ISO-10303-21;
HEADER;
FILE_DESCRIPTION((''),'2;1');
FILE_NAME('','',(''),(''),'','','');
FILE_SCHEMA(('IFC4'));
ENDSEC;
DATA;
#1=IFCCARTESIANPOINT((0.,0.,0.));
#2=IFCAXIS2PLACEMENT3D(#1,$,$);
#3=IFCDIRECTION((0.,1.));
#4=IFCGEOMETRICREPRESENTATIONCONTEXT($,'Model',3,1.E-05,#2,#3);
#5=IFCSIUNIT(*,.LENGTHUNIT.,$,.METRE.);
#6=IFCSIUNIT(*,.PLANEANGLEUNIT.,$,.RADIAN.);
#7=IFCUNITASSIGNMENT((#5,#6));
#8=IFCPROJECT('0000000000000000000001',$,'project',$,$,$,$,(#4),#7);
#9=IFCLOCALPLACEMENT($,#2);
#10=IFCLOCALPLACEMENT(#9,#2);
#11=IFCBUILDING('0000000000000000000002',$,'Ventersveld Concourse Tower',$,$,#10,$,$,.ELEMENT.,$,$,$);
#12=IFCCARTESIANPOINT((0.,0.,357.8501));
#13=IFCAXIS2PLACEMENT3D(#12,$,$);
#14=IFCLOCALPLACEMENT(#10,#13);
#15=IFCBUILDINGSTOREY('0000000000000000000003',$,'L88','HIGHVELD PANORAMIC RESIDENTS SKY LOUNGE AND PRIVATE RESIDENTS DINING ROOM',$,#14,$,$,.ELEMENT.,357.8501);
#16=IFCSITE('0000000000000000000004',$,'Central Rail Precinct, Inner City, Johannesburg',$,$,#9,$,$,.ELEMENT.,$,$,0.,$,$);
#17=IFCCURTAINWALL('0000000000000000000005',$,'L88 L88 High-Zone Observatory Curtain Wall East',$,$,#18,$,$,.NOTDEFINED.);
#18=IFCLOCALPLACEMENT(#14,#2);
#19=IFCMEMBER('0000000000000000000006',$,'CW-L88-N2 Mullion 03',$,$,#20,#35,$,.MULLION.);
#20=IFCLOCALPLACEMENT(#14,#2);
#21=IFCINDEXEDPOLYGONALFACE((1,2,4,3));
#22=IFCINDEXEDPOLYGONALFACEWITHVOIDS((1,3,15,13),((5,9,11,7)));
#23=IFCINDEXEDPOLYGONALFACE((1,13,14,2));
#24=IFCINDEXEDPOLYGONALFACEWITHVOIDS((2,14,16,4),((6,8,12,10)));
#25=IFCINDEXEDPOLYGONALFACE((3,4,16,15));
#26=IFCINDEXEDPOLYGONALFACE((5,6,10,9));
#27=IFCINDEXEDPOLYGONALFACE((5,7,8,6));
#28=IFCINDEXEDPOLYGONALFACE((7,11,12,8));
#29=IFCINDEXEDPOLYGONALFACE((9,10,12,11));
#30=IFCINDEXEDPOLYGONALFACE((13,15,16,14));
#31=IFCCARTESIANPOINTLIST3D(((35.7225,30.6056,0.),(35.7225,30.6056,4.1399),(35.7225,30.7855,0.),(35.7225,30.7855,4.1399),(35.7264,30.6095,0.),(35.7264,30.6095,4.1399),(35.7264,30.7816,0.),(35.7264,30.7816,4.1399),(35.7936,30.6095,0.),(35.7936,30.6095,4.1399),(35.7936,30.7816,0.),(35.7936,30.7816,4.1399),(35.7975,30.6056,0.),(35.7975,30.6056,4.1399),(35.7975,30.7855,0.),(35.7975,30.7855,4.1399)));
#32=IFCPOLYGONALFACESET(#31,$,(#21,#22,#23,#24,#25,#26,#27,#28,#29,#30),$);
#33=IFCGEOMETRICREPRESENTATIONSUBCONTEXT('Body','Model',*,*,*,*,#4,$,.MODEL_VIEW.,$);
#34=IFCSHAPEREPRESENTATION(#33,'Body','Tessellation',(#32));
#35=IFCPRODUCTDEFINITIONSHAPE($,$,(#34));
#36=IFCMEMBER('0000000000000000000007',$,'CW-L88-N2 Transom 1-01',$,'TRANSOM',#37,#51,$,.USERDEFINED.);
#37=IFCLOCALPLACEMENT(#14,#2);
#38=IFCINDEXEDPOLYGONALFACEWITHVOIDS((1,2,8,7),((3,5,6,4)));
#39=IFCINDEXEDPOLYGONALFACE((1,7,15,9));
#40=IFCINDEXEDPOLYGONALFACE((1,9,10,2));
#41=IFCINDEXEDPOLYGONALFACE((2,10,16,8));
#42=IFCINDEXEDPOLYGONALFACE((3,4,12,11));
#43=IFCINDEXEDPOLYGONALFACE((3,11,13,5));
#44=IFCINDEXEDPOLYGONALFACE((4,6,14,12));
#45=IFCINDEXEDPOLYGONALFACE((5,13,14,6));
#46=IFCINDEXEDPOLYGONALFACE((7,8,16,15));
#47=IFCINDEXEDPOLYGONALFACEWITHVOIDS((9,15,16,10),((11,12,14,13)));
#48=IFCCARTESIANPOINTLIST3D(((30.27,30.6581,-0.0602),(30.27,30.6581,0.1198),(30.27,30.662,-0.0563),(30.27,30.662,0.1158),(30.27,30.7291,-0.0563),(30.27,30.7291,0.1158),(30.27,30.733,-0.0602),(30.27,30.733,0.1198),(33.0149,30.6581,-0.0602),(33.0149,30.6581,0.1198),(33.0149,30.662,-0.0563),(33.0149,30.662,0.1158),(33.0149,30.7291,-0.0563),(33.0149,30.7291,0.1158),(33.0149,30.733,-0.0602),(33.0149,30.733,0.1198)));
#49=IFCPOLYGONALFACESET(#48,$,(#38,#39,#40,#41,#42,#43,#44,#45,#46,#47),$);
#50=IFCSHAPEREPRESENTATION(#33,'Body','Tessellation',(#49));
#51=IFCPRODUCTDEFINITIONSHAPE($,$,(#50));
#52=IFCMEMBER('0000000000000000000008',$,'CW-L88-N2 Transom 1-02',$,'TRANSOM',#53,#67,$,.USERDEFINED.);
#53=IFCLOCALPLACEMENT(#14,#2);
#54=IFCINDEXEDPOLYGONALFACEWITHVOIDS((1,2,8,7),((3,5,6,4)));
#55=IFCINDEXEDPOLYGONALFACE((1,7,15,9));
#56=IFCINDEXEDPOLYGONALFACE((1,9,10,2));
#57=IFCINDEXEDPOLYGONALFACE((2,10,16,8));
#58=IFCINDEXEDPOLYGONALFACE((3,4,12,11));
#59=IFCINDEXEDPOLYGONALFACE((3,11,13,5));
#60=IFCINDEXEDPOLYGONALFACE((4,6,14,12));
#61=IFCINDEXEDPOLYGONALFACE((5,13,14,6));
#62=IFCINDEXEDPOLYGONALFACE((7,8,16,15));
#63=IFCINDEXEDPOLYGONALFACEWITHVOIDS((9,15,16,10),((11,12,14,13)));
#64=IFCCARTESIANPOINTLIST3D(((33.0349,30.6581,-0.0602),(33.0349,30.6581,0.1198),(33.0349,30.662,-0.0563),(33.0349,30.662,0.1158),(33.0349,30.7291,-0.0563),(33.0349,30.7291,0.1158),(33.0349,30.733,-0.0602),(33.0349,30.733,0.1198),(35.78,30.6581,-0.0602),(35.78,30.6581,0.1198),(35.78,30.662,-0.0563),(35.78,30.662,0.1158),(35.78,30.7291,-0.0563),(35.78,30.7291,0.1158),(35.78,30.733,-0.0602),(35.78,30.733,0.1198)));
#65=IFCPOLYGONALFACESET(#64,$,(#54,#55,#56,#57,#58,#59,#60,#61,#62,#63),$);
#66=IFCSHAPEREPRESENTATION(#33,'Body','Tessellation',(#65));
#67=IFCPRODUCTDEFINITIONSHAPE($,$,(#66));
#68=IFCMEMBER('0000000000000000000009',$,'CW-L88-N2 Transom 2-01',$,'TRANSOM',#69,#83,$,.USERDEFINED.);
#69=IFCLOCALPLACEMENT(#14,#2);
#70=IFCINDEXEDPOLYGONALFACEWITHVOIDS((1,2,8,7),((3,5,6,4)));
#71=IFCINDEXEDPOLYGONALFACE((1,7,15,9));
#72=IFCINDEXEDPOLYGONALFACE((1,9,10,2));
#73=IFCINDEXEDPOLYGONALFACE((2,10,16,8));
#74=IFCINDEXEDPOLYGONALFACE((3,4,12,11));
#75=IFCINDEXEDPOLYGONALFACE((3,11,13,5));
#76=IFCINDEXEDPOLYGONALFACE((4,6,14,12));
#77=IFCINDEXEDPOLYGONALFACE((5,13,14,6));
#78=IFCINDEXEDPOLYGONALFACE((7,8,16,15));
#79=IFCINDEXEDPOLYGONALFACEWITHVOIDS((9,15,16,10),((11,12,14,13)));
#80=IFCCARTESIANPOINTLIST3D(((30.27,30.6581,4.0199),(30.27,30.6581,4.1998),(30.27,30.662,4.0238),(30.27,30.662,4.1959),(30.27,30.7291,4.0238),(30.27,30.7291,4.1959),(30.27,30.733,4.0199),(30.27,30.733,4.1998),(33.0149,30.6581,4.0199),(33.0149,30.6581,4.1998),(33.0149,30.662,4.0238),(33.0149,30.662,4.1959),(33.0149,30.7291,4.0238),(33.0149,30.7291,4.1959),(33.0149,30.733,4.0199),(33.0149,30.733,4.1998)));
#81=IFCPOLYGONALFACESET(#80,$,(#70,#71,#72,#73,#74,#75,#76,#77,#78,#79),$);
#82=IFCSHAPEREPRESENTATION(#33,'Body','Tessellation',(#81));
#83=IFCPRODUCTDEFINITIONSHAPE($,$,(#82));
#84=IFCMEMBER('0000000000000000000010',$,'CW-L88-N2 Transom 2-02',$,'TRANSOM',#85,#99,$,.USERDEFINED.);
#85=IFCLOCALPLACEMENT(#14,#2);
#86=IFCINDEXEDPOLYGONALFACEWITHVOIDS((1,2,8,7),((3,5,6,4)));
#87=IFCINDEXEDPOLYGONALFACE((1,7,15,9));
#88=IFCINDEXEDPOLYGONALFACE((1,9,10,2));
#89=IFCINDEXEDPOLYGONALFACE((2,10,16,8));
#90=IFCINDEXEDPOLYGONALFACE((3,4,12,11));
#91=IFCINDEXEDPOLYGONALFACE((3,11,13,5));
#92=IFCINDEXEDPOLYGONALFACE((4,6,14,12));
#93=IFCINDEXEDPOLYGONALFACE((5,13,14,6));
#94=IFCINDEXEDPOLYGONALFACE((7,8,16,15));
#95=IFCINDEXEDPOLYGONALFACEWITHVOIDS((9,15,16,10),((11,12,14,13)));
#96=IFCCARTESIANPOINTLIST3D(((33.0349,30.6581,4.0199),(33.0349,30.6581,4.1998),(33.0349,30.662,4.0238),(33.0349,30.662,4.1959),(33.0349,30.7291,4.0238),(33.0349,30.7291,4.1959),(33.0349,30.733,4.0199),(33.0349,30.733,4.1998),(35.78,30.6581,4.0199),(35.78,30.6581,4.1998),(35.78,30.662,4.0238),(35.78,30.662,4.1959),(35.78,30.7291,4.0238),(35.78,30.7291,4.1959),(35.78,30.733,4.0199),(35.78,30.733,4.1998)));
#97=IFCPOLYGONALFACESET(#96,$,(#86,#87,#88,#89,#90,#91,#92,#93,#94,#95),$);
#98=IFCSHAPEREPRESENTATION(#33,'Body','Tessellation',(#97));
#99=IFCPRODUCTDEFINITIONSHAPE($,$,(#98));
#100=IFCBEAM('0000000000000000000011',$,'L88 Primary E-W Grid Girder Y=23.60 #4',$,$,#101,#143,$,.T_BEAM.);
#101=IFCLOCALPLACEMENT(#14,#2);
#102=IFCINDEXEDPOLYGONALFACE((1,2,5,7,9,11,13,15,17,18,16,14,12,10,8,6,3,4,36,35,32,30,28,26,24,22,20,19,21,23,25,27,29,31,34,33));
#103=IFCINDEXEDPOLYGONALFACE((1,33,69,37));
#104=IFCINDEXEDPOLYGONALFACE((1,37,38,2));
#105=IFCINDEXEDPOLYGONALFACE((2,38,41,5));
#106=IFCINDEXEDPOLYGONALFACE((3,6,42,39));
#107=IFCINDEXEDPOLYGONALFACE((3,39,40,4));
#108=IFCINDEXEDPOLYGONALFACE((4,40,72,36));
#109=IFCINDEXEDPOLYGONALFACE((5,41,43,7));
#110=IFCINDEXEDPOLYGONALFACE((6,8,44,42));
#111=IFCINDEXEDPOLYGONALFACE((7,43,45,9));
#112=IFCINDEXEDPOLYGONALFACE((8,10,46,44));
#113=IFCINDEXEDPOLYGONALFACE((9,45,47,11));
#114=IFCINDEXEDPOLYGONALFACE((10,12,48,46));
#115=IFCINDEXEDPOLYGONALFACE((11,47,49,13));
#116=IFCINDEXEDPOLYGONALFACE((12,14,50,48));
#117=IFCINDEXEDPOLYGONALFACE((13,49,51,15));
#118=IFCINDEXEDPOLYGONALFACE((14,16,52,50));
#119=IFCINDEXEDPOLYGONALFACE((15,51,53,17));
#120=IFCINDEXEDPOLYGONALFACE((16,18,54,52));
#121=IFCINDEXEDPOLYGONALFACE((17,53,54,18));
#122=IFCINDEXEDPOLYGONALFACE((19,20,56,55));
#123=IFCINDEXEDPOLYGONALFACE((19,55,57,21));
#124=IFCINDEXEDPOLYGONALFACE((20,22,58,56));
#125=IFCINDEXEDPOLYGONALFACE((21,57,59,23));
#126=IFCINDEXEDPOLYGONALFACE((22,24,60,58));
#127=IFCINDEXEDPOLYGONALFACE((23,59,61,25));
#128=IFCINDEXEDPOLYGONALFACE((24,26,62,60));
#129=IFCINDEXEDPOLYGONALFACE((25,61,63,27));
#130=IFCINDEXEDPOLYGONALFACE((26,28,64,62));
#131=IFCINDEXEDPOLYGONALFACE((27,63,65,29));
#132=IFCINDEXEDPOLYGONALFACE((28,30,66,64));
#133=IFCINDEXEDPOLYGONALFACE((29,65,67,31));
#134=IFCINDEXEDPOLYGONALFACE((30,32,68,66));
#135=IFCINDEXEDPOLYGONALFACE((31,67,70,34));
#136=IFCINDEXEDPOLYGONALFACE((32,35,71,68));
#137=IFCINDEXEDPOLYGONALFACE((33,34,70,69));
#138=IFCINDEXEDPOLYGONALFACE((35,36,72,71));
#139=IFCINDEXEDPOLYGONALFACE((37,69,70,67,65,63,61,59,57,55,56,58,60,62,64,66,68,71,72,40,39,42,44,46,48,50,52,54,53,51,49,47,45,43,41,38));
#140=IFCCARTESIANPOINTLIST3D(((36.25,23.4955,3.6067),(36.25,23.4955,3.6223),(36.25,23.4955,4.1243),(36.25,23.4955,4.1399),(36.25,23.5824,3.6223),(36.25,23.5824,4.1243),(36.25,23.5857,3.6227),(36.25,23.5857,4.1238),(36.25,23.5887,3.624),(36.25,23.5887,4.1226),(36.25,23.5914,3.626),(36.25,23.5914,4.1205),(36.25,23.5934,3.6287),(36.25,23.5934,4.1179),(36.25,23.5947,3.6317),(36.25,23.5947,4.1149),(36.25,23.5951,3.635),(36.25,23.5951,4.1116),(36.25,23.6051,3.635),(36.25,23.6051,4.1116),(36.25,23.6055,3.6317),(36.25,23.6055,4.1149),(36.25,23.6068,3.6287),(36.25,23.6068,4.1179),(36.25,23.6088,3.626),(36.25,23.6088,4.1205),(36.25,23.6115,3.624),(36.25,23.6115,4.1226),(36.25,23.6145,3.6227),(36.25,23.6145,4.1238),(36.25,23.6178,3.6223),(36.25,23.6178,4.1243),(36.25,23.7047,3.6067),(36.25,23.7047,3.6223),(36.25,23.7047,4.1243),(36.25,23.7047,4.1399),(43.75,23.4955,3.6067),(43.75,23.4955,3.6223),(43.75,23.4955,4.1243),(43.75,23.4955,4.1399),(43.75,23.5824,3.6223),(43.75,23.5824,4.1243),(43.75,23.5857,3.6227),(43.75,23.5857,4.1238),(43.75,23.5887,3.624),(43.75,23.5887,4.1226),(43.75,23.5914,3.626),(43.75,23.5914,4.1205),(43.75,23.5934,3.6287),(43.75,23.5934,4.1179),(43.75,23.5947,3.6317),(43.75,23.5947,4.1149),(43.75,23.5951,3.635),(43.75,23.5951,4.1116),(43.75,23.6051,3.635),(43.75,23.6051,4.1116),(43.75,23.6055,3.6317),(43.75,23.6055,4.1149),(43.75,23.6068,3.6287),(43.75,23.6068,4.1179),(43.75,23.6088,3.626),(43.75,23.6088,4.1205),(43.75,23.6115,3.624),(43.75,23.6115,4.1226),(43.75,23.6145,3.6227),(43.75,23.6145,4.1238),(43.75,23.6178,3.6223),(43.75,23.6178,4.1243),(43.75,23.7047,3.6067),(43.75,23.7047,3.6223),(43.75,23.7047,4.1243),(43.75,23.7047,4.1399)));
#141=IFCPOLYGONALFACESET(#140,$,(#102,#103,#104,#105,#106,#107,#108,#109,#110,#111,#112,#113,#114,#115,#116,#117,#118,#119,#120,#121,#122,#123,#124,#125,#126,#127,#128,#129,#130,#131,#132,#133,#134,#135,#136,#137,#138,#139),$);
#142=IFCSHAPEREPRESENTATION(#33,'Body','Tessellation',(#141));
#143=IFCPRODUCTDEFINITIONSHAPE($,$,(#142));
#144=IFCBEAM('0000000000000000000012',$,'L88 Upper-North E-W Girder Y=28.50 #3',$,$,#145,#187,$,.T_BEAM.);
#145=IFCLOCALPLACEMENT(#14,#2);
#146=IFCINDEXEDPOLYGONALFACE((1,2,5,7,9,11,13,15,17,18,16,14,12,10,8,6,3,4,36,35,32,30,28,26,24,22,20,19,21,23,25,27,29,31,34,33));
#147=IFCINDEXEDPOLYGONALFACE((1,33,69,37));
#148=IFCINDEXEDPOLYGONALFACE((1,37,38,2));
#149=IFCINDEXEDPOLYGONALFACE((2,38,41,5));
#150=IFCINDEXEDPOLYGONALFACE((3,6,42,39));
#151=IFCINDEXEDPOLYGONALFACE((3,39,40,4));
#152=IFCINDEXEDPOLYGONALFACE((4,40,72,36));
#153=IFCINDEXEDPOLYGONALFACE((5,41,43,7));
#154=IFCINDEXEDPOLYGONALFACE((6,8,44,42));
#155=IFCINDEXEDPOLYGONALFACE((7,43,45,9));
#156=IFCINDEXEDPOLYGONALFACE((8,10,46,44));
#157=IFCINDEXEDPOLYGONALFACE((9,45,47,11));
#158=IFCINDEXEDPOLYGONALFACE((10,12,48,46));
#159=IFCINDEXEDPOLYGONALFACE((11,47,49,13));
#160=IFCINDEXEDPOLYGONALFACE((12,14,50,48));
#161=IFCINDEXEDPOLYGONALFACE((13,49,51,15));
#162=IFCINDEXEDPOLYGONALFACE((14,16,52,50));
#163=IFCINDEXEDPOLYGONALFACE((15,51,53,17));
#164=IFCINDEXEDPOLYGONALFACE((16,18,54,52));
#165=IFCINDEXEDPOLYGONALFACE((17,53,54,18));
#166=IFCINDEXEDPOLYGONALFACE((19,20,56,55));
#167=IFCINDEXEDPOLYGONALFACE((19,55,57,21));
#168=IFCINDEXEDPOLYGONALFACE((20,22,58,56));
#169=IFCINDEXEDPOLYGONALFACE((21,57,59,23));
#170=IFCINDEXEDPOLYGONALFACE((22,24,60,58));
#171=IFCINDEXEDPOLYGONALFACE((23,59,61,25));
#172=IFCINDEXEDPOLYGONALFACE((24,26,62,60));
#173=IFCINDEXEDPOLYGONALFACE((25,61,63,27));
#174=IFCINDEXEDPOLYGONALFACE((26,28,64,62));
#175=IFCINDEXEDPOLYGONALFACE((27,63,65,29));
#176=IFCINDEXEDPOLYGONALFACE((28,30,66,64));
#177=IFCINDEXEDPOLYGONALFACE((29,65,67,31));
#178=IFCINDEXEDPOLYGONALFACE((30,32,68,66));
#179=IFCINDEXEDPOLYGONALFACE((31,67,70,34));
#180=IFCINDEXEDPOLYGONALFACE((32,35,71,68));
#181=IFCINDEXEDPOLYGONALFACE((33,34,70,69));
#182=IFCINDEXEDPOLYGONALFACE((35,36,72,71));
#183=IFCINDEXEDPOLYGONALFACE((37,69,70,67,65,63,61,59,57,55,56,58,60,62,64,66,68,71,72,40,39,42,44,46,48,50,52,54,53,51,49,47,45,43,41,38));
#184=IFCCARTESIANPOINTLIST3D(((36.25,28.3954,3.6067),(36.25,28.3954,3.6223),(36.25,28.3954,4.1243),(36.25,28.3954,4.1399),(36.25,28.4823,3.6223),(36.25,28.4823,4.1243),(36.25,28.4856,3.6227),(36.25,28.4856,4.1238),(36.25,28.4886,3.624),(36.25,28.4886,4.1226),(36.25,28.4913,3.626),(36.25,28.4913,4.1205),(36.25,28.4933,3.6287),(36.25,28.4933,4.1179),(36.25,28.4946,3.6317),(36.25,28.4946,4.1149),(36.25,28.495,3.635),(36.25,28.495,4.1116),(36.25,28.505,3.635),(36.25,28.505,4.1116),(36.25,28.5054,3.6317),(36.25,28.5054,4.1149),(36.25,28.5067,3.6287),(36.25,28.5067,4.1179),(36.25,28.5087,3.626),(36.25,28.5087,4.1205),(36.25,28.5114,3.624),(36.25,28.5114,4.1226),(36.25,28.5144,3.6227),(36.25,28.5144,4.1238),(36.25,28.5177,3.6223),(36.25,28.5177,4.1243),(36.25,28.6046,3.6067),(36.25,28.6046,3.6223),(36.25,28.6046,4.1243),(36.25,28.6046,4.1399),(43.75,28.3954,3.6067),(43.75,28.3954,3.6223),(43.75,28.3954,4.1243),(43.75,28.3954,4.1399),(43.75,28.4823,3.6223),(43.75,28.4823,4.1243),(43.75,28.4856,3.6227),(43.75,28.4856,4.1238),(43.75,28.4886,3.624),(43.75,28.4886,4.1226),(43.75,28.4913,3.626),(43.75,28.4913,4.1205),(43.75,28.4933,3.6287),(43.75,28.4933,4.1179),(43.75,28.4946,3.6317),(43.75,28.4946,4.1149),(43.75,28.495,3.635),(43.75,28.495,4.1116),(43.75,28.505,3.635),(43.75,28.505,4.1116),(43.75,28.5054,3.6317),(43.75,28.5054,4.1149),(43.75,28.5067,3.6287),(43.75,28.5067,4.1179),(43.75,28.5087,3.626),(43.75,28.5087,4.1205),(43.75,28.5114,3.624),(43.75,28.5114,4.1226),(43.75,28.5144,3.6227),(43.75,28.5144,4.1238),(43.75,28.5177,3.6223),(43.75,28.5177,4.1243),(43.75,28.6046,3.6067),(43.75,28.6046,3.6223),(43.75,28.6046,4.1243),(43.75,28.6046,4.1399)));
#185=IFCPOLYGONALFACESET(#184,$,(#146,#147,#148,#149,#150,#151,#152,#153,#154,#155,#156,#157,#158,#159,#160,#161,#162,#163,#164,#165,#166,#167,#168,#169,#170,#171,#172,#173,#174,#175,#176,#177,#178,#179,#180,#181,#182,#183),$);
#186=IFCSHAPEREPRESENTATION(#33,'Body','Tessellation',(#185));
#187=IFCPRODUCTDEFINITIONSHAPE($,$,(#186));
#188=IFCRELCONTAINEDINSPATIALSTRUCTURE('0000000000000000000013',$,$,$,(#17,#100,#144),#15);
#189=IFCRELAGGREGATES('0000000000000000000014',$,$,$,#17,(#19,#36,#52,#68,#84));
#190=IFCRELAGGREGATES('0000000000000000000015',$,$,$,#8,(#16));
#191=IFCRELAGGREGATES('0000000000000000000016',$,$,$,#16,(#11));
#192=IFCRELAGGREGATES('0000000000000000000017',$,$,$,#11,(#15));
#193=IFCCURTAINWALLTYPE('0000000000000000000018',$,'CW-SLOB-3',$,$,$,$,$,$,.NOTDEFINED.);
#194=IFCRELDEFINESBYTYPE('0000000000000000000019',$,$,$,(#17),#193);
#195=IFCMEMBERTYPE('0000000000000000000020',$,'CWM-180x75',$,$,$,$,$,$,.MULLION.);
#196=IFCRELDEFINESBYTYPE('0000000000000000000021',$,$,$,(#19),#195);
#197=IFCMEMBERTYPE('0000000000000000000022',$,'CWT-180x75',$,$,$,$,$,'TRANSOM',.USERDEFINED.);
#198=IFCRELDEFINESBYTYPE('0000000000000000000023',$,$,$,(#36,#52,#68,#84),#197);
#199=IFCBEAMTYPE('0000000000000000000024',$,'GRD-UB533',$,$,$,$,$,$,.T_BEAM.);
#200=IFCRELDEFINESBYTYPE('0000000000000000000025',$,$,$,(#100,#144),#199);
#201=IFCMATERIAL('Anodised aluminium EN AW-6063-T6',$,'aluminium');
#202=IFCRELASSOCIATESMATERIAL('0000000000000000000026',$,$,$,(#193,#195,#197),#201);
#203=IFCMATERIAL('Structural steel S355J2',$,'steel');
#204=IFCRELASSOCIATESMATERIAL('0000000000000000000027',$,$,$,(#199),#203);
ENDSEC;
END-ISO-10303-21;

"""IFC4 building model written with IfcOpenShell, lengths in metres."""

from ifc_helpers import new_model, si_unit, direction, frame, origin, origin_2d, place, context, subcontext, project, spatial, hollow_rectangle, i_section, extrude, material, material_profile, profile_set, type_object, element, aggregate, save


model = new_model("IFC4")

# Units and contexts
model_context = context("Model", 3, precision=1e-05, world=origin(), true_north=direction((0.0, 1.0)))
body_context = subcontext(model_context, "Body", "Model", "MODEL_VIEW")
ifc_project = project(units=[si_unit("LENGTHUNIT", "METRE"), si_unit("PLANEANGLEUNIT", "RADIAN")], contexts=[model_context])

# Site, building, storey
site_placement = place(None, origin())
site = spatial("IfcSite", under=ifc_project, at=site_placement, Name="Central Rail Precinct, Inner City, Johannesburg", CompositionType="ELEMENT", RefElevation=0.0)
building_placement = place(site_placement, origin())
building = spatial("IfcBuilding", under=site, at=building_placement, Name="Ventersveld Concourse Tower", CompositionType="ELEMENT")
storey_placement = place(building_placement, frame((0.0, 0.0, 357.8501)))
storey = spatial("IfcBuildingStorey", under=building, at=storey_placement, Name="L88", Description="HIGHVELD PANORAMIC RESIDENTS SKY LOUNGE AND PRIVATE RESIDENTS DINING ROOM", CompositionType="ELEMENT", Elevation=357.8501)

# Shared definitions
ifc_material_1 = material(Name="Structural steel S355J2", Category="steel")

# Shared definitions
ifc_material_2 = material(Name="Anodised aluminium EN AW-6063-T6", Category="aluminium")
curtain_wall_type = type_object("IfcCurtainWallType", Name="CW-SLOB-3", PredefinedType="NOTDEFINED", material=ifc_material_2)
ifc_material_profile_1 = material_profile(ifc_material_2, hollow_rectangle(XDim=0.075, YDim=0.1799, WallThickness=0.0039, at=origin_2d()), Name="ALU 180x75x4")
ifc_profile_set_1 = profile_set([ifc_material_profile_1], Name="Anodised aluminium EN AW-6063-T6")
member_type_1 = type_object("IfcMemberType", Name="CWM-180x75", PredefinedType="MULLION", material=ifc_profile_set_1)

# Curtain wall, members
curtain_wall_1_placement = place(storey_placement, origin())
curtain_wall_1 = element("IfcCurtainWall", 1, at=curtain_wall_1_placement, inside=storey, type_object=curtain_wall_type, Name="L88 L88 High-Zone Observatory Curtain Wall East", PredefinedType="NOTDEFINED")
member_1_placement = place(storey_placement, frame((35.76, 30.6956, 0.0), z_axis=(0.0, 0.0, 1.0), x_axis=(1.0, 0.0, 0.0)))
member_1 = element("IfcMember", 2, at=member_1_placement, type_object=member_type_1, Name="CW-L88-N2 Mullion 03", PredefinedType="MULLION", context=body_context, shape_type="SweptSolid", body=[
    extrude(hollow_rectangle(XDim=0.075, YDim=0.1799, WallThickness=0.0039, at=origin_2d()), origin(), (0.0, 0.0, 1.0), 4.1399),
])
ifc_material_profile_2 = material_profile(ifc_material_2, hollow_rectangle(XDim=0.075, YDim=0.1799, WallThickness=0.0039, at=origin_2d()), Name="ALU 180x75x4")
ifc_profile_set_2 = profile_set([ifc_material_profile_2], Name="Anodised aluminium EN AW-6063-T6")
member_type_2 = type_object("IfcMemberType", Name="CWT-180x75", ElementType="TRANSOM", PredefinedType="USERDEFINED", material=ifc_profile_set_2)
member_2_placement = place(storey_placement, frame((30.27, 30.6956, 0.0298), z_axis=(1.0, 0.0, 0.0), x_axis=(0.0, 1.0, 0.0)))
member_2 = element("IfcMember", 3, at=member_2_placement, type_object=member_type_2, Name="CW-L88-N2 Transom 1-01", ObjectType="TRANSOM", PredefinedType="USERDEFINED", context=body_context, shape_type="SweptSolid", body=[
    extrude(hollow_rectangle(XDim=0.075, YDim=0.1799, WallThickness=0.0039, at=origin_2d()), origin(), (0.0, 0.0, 1.0), 2.7449),
])
member_3_placement = place(storey_placement, frame((33.0349, 30.6956, 0.0298), z_axis=(1.0, 0.0, 0.0), x_axis=(0.0, 1.0, 0.0)))
member_3 = element("IfcMember", 4, at=member_3_placement, type_object=member_type_2, Name="CW-L88-N2 Transom 1-02", ObjectType="TRANSOM", PredefinedType="USERDEFINED", context=body_context, shape_type="SweptSolid", body=[
    extrude(hollow_rectangle(XDim=0.075, YDim=0.1799, WallThickness=0.0039, at=origin_2d()), origin(), (0.0, 0.0, 1.0), 2.7451),
])
member_4_placement = place(storey_placement, frame((30.27, 30.6956, 4.1099), z_axis=(1.0, 0.0, 0.0), x_axis=(0.0, 1.0, 0.0)))
member_4 = element("IfcMember", 5, at=member_4_placement, type_object=member_type_2, Name="CW-L88-N2 Transom 2-01", ObjectType="TRANSOM", PredefinedType="USERDEFINED", context=body_context, shape_type="SweptSolid", body=[
    extrude(hollow_rectangle(XDim=0.075, YDim=0.1799, WallThickness=0.0039, at=origin_2d()), origin(), (0.0, 0.0, 1.0), 2.7449),
])
member_5_placement = place(storey_placement, frame((33.0349, 30.6956, 4.1099), z_axis=(1.0, 0.0, 0.0), x_axis=(0.0, 1.0, 0.0)))
member_5 = element("IfcMember", 6, at=member_5_placement, type_object=member_type_2, Name="CW-L88-N2 Transom 2-02", ObjectType="TRANSOM", PredefinedType="USERDEFINED", context=body_context, shape_type="SweptSolid", body=[
    extrude(hollow_rectangle(XDim=0.075, YDim=0.1799, WallThickness=0.0039, at=origin_2d()), origin(), (0.0, 0.0, 1.0), 2.7451),
])

# Beams
ifc_material_profile_3 = material_profile(ifc_material_1, i_section(OverallWidth=0.2092, OverallDepth=0.5332, WebThickness=0.01, FlangeThickness=0.0156, FilletRadius=0.0127, at=origin_2d()), Name="UB 533x210x92")
ifc_profile_set_3 = profile_set([ifc_material_profile_3], Name="Structural steel S355J2")
beam_type_1 = type_object("IfcBeamType", Name="GRD-UB533", PredefinedType="T_BEAM", material=ifc_profile_set_3)
for number, where, z_axis, x_axis, name in (
    (7, (36.25, 23.6001, 3.8733), (1.0, 0.0, 0.0), (0.0, 1.0, 0.0), "L88 Primary E-W Grid Girder Y=23.60 #4"),
    (8, (36.25, 28.5, 3.8733), (1.0, 0.0, 0.0), (0.0, 1.0, 0.0), "L88 Upper-North E-W Girder Y=28.50 #3"),
):
    element("IfcBeam", number, at=place(storey_placement, frame(where, z_axis=z_axis, x_axis=x_axis)), inside=storey, type_object=beam_type_1, Name=name, PredefinedType="T_BEAM", context=body_context, shape_type="SweptSolid", body=[
        extrude(i_section(OverallWidth=0.2092, OverallDepth=0.5332, WebThickness=0.01, FlangeThickness=0.0156, FilletRadius=0.0127, at=origin_2d()), origin(), (0.0, 0.0, 1.0), 7.5),
    ])

aggregate(curtain_wall_1, [member_1, member_2, member_3, member_4, member_5])

save(model, "model.ifc")
